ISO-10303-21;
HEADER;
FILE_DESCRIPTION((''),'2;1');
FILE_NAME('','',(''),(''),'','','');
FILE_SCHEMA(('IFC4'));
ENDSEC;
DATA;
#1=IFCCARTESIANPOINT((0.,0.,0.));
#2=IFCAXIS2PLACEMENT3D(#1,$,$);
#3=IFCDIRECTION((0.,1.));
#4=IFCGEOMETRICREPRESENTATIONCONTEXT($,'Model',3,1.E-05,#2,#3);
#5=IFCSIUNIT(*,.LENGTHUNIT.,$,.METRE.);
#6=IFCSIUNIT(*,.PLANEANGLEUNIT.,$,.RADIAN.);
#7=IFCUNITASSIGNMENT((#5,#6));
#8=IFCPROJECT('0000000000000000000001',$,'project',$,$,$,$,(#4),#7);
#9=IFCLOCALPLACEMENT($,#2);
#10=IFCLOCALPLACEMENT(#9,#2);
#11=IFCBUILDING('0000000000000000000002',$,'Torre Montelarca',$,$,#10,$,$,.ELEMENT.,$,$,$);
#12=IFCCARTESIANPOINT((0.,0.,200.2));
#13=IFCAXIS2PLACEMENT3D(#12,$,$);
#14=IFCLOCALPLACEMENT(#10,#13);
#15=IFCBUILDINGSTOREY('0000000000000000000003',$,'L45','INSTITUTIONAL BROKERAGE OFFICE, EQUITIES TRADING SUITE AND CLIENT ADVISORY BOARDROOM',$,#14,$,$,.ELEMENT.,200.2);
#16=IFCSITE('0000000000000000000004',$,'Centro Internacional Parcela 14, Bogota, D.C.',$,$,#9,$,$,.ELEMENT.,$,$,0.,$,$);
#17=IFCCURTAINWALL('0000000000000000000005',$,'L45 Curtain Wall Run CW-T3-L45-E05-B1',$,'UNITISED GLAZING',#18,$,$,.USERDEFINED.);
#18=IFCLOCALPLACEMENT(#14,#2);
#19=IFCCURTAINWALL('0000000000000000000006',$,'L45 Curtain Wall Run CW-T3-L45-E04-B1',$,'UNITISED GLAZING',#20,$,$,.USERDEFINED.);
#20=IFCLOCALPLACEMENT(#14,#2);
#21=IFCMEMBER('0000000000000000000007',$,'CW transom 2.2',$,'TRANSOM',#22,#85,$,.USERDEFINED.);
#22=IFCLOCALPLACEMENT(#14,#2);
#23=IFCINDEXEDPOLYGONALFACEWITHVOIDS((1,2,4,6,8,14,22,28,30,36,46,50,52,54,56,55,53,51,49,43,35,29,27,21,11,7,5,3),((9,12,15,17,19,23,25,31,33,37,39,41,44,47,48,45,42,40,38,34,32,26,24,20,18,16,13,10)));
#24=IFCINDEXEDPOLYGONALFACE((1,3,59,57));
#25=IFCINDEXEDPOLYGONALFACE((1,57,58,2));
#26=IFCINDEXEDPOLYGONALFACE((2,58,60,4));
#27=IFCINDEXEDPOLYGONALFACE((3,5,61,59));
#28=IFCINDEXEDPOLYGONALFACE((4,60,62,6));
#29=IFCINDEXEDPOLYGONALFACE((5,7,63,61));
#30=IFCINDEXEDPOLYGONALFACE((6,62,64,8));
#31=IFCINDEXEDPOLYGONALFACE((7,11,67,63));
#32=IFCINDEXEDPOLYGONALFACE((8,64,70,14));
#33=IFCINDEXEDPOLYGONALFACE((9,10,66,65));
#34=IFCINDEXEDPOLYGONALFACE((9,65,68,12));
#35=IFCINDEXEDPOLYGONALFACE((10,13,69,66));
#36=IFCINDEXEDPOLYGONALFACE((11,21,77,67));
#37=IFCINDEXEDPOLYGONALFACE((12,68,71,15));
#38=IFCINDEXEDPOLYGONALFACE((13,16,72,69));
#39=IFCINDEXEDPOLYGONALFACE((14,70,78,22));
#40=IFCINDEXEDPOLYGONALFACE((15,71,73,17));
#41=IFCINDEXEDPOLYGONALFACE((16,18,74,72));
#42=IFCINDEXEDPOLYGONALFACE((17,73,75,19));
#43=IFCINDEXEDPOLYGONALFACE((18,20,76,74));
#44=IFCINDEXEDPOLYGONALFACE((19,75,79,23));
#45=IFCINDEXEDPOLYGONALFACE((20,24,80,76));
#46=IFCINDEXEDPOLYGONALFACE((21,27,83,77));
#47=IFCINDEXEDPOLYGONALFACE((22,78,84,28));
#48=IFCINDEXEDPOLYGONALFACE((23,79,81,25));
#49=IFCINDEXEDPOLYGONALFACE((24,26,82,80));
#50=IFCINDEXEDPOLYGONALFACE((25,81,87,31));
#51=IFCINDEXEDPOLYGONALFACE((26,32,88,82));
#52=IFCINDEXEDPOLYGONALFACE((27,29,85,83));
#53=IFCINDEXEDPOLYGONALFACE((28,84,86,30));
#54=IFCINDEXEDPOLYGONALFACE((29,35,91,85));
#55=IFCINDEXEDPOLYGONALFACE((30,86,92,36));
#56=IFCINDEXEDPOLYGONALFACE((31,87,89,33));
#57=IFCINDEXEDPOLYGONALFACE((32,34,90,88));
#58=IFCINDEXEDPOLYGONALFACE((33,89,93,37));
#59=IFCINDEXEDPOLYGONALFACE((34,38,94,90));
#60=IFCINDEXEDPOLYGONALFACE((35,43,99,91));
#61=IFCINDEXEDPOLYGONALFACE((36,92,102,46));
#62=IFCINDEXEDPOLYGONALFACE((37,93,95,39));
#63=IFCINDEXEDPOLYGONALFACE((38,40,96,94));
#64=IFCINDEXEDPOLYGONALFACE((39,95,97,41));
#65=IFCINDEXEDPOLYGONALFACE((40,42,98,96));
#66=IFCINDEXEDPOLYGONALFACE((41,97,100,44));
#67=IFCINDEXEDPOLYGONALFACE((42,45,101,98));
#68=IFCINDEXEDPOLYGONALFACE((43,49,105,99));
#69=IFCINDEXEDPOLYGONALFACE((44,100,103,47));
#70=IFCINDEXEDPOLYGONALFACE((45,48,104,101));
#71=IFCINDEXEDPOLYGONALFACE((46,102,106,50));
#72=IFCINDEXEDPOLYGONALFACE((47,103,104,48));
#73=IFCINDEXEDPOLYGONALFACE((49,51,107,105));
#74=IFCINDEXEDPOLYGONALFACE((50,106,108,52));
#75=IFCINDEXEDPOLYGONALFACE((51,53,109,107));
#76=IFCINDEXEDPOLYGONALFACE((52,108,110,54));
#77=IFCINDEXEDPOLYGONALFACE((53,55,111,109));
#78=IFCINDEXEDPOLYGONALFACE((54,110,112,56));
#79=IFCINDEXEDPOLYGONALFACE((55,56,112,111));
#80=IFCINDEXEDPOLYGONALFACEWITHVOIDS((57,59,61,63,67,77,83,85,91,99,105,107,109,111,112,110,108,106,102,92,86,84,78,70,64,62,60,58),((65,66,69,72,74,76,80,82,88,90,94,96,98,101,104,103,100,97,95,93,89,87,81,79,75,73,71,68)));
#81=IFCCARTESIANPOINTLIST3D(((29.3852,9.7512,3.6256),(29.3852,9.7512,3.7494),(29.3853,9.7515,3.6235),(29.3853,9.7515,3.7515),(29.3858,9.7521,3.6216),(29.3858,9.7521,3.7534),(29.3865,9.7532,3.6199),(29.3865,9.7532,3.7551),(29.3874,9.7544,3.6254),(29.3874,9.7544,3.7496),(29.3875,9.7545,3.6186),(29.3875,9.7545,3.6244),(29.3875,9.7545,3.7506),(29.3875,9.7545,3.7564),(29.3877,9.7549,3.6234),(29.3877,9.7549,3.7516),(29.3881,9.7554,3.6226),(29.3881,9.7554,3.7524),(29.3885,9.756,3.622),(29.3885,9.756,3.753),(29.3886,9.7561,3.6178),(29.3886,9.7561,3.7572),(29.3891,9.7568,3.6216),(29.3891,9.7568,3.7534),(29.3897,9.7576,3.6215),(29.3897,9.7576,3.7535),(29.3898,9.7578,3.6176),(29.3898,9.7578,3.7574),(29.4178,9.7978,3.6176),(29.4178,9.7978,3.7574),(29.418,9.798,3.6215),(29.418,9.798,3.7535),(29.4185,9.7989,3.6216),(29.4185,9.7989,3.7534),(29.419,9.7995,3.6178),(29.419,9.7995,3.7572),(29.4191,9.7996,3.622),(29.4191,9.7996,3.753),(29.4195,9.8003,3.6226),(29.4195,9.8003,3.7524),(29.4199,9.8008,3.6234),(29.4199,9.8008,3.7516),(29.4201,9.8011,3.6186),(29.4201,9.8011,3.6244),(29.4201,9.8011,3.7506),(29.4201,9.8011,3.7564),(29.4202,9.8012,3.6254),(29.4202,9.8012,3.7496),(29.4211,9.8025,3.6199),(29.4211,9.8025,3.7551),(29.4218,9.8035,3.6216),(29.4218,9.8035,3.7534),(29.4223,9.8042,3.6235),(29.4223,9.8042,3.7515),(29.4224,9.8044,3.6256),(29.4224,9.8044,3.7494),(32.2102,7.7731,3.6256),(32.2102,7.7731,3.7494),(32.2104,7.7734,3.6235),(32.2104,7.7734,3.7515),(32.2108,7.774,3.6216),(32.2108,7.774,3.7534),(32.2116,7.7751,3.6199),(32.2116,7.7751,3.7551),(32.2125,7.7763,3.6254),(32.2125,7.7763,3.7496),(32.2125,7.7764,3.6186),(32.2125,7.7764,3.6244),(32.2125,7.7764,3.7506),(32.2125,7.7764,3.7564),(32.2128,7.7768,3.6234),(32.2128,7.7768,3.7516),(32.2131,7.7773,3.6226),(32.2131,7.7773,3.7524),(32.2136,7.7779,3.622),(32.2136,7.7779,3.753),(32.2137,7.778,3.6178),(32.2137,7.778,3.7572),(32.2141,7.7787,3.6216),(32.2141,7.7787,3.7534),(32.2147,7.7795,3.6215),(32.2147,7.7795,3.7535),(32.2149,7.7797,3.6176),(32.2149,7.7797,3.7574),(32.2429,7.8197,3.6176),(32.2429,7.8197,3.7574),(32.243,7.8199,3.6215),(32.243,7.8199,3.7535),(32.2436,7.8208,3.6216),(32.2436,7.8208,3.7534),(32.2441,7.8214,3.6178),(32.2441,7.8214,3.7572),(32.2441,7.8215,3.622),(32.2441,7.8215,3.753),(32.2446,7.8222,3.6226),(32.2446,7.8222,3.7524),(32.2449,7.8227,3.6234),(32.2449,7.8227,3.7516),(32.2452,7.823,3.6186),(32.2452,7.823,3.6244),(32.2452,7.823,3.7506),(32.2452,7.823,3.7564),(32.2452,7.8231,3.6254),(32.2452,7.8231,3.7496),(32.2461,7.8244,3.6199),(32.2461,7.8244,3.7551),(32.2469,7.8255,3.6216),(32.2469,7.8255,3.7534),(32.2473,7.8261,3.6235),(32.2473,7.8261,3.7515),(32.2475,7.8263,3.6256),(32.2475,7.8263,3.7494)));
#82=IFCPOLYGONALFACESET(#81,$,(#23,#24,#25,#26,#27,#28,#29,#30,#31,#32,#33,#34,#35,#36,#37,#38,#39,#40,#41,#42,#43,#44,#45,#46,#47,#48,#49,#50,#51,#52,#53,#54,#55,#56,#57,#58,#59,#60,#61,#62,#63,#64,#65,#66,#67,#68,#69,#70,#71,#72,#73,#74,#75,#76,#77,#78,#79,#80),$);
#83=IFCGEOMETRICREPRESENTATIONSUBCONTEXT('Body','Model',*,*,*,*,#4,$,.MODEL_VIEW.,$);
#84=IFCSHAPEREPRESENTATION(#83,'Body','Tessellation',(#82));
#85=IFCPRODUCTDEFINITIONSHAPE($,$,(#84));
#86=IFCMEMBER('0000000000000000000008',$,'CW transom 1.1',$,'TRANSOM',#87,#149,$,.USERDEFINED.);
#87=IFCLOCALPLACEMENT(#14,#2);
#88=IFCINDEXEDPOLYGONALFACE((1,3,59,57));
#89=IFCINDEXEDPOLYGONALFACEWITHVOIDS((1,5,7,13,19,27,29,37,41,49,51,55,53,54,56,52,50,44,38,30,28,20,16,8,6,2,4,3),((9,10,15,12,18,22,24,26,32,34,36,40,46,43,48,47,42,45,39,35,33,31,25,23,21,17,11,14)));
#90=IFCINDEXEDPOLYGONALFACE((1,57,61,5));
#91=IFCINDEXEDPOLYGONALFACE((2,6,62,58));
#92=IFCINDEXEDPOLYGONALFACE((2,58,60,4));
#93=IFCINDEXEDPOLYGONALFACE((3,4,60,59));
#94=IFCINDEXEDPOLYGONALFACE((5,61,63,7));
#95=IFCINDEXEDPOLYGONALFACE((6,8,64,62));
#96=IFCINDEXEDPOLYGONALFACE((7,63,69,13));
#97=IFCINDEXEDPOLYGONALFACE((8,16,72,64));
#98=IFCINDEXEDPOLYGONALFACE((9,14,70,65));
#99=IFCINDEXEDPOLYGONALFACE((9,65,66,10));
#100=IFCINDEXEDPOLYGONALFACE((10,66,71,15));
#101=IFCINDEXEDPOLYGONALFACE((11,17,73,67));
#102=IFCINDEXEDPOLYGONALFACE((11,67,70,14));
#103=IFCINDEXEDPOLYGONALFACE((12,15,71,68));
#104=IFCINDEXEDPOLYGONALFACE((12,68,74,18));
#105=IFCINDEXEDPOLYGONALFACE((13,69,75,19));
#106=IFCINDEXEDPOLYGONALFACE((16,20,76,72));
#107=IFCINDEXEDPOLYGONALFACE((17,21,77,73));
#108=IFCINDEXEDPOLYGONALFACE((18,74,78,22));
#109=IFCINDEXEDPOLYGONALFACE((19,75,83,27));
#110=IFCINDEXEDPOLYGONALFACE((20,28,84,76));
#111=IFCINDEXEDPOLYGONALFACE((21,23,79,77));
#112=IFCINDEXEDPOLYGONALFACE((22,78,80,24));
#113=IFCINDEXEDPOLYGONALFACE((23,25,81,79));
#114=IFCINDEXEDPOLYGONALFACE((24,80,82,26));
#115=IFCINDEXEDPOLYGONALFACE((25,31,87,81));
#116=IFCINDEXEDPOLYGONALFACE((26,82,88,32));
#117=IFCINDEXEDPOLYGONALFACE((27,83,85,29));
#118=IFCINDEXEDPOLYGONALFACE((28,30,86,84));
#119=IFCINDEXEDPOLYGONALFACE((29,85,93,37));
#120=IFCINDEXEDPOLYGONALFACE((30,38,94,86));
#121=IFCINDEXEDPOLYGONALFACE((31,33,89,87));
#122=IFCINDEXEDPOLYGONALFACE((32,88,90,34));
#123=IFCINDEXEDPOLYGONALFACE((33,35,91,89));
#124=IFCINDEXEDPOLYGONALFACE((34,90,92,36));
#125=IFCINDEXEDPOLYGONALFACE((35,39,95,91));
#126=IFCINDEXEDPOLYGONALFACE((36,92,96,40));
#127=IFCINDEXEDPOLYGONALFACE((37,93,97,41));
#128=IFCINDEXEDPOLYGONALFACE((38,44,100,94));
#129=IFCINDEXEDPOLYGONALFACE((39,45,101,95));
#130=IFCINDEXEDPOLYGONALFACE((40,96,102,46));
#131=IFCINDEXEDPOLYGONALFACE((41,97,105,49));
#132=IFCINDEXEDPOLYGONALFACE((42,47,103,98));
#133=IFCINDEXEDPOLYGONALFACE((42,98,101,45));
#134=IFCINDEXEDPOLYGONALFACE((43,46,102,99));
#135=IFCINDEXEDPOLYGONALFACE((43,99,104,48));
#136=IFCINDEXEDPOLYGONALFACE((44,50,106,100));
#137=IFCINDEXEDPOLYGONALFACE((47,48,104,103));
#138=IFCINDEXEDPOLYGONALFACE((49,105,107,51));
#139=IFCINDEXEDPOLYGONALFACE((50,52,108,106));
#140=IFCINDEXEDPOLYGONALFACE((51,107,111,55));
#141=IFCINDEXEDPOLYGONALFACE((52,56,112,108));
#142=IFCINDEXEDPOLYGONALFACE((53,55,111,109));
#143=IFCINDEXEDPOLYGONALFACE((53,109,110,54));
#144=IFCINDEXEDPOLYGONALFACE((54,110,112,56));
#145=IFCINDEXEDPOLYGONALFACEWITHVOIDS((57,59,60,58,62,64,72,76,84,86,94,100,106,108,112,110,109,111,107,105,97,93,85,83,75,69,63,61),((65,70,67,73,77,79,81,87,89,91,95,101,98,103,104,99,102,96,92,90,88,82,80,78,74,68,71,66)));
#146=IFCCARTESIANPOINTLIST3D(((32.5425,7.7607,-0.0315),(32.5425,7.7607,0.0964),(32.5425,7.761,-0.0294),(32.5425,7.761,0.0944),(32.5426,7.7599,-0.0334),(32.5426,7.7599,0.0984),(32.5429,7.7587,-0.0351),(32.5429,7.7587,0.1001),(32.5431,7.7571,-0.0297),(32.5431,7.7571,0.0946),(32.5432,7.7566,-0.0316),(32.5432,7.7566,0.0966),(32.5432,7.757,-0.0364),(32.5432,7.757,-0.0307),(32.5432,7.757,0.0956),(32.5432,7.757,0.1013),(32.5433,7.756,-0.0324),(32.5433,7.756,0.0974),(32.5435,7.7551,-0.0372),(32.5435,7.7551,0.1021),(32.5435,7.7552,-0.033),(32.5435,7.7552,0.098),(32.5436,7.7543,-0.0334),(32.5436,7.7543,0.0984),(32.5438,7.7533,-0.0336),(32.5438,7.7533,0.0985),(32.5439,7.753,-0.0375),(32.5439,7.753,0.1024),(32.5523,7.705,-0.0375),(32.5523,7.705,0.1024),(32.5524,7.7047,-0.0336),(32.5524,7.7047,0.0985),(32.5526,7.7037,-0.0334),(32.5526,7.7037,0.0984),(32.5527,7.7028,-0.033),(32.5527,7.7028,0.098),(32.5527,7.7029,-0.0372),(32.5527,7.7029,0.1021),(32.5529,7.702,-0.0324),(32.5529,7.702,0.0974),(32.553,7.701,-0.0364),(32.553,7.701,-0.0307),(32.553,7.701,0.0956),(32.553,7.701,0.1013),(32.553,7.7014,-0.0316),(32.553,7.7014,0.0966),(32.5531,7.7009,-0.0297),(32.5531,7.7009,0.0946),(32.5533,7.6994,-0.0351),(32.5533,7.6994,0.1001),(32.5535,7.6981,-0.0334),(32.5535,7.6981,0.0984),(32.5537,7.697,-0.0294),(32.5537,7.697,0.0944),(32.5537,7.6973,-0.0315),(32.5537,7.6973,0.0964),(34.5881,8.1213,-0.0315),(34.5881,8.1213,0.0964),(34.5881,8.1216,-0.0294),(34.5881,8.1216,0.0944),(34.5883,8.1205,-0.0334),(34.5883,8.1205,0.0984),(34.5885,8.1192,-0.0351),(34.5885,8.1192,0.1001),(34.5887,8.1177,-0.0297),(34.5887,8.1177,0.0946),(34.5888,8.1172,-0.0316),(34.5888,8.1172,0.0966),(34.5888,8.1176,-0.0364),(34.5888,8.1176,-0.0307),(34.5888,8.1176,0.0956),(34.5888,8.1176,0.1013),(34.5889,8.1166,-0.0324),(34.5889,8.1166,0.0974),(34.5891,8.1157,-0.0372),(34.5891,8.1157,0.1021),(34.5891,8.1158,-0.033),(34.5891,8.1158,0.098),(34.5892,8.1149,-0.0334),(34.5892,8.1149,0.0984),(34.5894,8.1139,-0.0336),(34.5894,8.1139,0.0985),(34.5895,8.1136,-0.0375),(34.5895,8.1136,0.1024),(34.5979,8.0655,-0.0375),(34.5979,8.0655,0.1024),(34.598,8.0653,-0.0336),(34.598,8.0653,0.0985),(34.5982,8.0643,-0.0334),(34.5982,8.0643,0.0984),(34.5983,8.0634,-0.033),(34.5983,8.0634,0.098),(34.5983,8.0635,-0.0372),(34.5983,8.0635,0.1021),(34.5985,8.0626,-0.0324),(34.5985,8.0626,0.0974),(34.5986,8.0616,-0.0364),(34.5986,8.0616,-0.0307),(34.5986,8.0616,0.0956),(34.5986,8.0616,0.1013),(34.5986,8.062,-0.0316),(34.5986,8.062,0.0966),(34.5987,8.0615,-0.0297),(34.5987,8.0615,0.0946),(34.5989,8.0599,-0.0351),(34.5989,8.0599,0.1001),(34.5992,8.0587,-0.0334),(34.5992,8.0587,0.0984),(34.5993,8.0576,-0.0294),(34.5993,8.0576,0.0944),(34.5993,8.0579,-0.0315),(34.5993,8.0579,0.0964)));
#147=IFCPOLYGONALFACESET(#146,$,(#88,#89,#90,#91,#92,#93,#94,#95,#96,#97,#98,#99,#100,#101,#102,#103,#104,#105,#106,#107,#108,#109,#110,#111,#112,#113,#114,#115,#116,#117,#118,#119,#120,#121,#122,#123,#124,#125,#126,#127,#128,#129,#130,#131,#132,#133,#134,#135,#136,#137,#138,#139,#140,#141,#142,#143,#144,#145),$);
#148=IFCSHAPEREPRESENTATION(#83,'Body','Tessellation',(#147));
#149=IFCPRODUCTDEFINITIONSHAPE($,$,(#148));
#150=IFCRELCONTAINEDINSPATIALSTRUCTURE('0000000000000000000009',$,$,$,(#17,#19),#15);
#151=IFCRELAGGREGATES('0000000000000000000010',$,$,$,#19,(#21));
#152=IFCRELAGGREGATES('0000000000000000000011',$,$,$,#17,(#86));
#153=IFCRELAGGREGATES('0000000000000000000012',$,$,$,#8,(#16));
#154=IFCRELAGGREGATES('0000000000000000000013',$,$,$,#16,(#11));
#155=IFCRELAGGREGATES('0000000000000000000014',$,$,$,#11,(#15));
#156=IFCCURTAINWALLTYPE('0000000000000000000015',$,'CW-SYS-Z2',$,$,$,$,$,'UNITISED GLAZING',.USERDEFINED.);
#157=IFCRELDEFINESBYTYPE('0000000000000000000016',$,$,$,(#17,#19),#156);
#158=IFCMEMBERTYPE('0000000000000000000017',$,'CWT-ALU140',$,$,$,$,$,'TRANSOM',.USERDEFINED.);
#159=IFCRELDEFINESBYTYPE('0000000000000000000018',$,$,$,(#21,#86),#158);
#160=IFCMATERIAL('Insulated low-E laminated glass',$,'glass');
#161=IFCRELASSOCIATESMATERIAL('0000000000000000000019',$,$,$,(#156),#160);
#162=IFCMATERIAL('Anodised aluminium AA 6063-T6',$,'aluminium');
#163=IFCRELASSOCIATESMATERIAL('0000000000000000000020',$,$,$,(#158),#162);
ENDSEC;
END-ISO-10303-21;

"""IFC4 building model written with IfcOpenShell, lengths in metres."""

from ifc_helpers import new_model, si_unit, direction, frame, origin, origin_2d, place, context, subcontext, project, spatial, hollow_rectangle, extrude, source, transform, mapped, material, material_profile, profile_set, type_object, element, aggregate, save


model = new_model("IFC4")

# Units and contexts
model_context = context("Model", 3, precision=1e-05, world=origin(), true_north=direction((0.0, 1.0)))
body_context = subcontext(model_context, "Body", "Model", "MODEL_VIEW")
ifc_project = project(units=[si_unit("LENGTHUNIT", "METRE"), si_unit("PLANEANGLEUNIT", "RADIAN")], contexts=[model_context])

# Site, building, storey
site_placement = place(None, origin())
site = spatial("IfcSite", under=ifc_project, at=site_placement, Name="Centro Internacional Parcela 14, Bogota, D.C.", CompositionType="ELEMENT", RefElevation=0.0)
building_placement = place(site_placement, origin())
building = spatial("IfcBuilding", under=site, at=building_placement, Name="Torre Montelarca", CompositionType="ELEMENT")
storey_placement = place(building_placement, frame((0.0, 0.0, 200.2)))
storey = spatial("IfcBuildingStorey", under=building, at=storey_placement, Name="L45", Description="INSTITUTIONAL BROKERAGE OFFICE, EQUITIES TRADING SUITE AND CLIENT ADVISORY BOARDROOM", CompositionType="ELEMENT", Elevation=200.2)

# Curtain walls, member
ifc_material_1 = material(Name="Insulated low-E laminated glass", Category="glass")
curtain_wall_type = type_object("IfcCurtainWallType", Name="CW-SYS-Z2", ElementType="UNITISED GLAZING", PredefinedType="USERDEFINED", material=ifc_material_1)
curtain_wall_1_placement = place(storey_placement, origin())
curtain_wall_1 = element("IfcCurtainWall", 1, at=curtain_wall_1_placement, inside=storey, type_object=curtain_wall_type, Name="L45 Curtain Wall Run CW-T3-L45-E05-B1", ObjectType="UNITISED GLAZING", PredefinedType="USERDEFINED")
ifc_material_2 = material(Name="Anodised aluminium AA 6063-T6", Category="aluminium")
curtain_wall_2_placement = place(storey_placement, origin())
curtain_wall_2 = element("IfcCurtainWall", 2, at=curtain_wall_2_placement, inside=storey, type_object=curtain_wall_type, Name="L45 Curtain Wall Run CW-T3-L45-E04-B1", ObjectType="UNITISED GLAZING", PredefinedType="USERDEFINED")
ifc_material_profile_1 = material_profile(ifc_material_2, hollow_rectangle(XDim=0.0649, YDim=0.1399, WallThickness=0.0039, InnerFilletRadius=0.0039, OuterFilletRadius=0.0081, at=origin_2d()), Name="ALU65X140X4", Category="aluminium")
ifc_profile_set_1 = profile_set([ifc_material_profile_1], Name="Anodised aluminium AA 6063-T6")
member_type_1 = type_object("IfcMemberType", Name="CWT-ALU140", ElementType="TRANSOM", PredefinedType="USERDEFINED", material=ifc_profile_set_1)
shared_shape_1 = source(origin(), body_context, "Body", "SweptSolid", [
    extrude(hollow_rectangle(XDim=0.0649, YDim=0.1399, WallThickness=0.0039, InnerFilletRadius=0.0039, OuterFilletRadius=0.0081, at=origin_2d()), origin(), (0.0, 0.0, 1.0), 3.4487),
])
member_1_placement = place(storey_placement, frame((29.4038, 9.7778, 3.6875), z_axis=(0.819155, -0.573572, 0.0), x_axis=(0.573572, 0.819155, 0.0)))
member_1 = element("IfcMember", 3, at=member_1_placement, type_object=member_type_1, Name="CW transom 2.2", ObjectType="TRANSOM", PredefinedType="USERDEFINED", context=body_context, shape_type="MappedRepresentation", body=[
    mapped(shared_shape_1, transform((0.0, 0.0, 0.0), scale=1.0)),
])

# Member
shared_shape_2 = source(origin(), body_context, "Body", "SweptSolid", [
    extrude(hollow_rectangle(XDim=0.0649, YDim=0.1399, WallThickness=0.0039, InnerFilletRadius=0.0039, OuterFilletRadius=0.0081, at=origin_2d()), origin(), (0.0, 0.0, 1.0), 2.0771),
])
member_2_placement = place(storey_placement, frame((32.5481, 7.729, 0.0325), z_axis=(0.984817, 0.173598, 0.0), x_axis=(-0.173598, 0.984817, 0.0)))
member_2 = element("IfcMember", 4, at=member_2_placement, type_object=member_type_1, Name="CW transom 1.1", ObjectType="TRANSOM", PredefinedType="USERDEFINED", context=body_context, shape_type="MappedRepresentation", body=[
    mapped(shared_shape_2, transform((0.0, 0.0, 0.0), scale=1.0)),
])

aggregate(curtain_wall_2, [member_1])
aggregate(curtain_wall_1, [member_2])

save(model, "model.ifc")
